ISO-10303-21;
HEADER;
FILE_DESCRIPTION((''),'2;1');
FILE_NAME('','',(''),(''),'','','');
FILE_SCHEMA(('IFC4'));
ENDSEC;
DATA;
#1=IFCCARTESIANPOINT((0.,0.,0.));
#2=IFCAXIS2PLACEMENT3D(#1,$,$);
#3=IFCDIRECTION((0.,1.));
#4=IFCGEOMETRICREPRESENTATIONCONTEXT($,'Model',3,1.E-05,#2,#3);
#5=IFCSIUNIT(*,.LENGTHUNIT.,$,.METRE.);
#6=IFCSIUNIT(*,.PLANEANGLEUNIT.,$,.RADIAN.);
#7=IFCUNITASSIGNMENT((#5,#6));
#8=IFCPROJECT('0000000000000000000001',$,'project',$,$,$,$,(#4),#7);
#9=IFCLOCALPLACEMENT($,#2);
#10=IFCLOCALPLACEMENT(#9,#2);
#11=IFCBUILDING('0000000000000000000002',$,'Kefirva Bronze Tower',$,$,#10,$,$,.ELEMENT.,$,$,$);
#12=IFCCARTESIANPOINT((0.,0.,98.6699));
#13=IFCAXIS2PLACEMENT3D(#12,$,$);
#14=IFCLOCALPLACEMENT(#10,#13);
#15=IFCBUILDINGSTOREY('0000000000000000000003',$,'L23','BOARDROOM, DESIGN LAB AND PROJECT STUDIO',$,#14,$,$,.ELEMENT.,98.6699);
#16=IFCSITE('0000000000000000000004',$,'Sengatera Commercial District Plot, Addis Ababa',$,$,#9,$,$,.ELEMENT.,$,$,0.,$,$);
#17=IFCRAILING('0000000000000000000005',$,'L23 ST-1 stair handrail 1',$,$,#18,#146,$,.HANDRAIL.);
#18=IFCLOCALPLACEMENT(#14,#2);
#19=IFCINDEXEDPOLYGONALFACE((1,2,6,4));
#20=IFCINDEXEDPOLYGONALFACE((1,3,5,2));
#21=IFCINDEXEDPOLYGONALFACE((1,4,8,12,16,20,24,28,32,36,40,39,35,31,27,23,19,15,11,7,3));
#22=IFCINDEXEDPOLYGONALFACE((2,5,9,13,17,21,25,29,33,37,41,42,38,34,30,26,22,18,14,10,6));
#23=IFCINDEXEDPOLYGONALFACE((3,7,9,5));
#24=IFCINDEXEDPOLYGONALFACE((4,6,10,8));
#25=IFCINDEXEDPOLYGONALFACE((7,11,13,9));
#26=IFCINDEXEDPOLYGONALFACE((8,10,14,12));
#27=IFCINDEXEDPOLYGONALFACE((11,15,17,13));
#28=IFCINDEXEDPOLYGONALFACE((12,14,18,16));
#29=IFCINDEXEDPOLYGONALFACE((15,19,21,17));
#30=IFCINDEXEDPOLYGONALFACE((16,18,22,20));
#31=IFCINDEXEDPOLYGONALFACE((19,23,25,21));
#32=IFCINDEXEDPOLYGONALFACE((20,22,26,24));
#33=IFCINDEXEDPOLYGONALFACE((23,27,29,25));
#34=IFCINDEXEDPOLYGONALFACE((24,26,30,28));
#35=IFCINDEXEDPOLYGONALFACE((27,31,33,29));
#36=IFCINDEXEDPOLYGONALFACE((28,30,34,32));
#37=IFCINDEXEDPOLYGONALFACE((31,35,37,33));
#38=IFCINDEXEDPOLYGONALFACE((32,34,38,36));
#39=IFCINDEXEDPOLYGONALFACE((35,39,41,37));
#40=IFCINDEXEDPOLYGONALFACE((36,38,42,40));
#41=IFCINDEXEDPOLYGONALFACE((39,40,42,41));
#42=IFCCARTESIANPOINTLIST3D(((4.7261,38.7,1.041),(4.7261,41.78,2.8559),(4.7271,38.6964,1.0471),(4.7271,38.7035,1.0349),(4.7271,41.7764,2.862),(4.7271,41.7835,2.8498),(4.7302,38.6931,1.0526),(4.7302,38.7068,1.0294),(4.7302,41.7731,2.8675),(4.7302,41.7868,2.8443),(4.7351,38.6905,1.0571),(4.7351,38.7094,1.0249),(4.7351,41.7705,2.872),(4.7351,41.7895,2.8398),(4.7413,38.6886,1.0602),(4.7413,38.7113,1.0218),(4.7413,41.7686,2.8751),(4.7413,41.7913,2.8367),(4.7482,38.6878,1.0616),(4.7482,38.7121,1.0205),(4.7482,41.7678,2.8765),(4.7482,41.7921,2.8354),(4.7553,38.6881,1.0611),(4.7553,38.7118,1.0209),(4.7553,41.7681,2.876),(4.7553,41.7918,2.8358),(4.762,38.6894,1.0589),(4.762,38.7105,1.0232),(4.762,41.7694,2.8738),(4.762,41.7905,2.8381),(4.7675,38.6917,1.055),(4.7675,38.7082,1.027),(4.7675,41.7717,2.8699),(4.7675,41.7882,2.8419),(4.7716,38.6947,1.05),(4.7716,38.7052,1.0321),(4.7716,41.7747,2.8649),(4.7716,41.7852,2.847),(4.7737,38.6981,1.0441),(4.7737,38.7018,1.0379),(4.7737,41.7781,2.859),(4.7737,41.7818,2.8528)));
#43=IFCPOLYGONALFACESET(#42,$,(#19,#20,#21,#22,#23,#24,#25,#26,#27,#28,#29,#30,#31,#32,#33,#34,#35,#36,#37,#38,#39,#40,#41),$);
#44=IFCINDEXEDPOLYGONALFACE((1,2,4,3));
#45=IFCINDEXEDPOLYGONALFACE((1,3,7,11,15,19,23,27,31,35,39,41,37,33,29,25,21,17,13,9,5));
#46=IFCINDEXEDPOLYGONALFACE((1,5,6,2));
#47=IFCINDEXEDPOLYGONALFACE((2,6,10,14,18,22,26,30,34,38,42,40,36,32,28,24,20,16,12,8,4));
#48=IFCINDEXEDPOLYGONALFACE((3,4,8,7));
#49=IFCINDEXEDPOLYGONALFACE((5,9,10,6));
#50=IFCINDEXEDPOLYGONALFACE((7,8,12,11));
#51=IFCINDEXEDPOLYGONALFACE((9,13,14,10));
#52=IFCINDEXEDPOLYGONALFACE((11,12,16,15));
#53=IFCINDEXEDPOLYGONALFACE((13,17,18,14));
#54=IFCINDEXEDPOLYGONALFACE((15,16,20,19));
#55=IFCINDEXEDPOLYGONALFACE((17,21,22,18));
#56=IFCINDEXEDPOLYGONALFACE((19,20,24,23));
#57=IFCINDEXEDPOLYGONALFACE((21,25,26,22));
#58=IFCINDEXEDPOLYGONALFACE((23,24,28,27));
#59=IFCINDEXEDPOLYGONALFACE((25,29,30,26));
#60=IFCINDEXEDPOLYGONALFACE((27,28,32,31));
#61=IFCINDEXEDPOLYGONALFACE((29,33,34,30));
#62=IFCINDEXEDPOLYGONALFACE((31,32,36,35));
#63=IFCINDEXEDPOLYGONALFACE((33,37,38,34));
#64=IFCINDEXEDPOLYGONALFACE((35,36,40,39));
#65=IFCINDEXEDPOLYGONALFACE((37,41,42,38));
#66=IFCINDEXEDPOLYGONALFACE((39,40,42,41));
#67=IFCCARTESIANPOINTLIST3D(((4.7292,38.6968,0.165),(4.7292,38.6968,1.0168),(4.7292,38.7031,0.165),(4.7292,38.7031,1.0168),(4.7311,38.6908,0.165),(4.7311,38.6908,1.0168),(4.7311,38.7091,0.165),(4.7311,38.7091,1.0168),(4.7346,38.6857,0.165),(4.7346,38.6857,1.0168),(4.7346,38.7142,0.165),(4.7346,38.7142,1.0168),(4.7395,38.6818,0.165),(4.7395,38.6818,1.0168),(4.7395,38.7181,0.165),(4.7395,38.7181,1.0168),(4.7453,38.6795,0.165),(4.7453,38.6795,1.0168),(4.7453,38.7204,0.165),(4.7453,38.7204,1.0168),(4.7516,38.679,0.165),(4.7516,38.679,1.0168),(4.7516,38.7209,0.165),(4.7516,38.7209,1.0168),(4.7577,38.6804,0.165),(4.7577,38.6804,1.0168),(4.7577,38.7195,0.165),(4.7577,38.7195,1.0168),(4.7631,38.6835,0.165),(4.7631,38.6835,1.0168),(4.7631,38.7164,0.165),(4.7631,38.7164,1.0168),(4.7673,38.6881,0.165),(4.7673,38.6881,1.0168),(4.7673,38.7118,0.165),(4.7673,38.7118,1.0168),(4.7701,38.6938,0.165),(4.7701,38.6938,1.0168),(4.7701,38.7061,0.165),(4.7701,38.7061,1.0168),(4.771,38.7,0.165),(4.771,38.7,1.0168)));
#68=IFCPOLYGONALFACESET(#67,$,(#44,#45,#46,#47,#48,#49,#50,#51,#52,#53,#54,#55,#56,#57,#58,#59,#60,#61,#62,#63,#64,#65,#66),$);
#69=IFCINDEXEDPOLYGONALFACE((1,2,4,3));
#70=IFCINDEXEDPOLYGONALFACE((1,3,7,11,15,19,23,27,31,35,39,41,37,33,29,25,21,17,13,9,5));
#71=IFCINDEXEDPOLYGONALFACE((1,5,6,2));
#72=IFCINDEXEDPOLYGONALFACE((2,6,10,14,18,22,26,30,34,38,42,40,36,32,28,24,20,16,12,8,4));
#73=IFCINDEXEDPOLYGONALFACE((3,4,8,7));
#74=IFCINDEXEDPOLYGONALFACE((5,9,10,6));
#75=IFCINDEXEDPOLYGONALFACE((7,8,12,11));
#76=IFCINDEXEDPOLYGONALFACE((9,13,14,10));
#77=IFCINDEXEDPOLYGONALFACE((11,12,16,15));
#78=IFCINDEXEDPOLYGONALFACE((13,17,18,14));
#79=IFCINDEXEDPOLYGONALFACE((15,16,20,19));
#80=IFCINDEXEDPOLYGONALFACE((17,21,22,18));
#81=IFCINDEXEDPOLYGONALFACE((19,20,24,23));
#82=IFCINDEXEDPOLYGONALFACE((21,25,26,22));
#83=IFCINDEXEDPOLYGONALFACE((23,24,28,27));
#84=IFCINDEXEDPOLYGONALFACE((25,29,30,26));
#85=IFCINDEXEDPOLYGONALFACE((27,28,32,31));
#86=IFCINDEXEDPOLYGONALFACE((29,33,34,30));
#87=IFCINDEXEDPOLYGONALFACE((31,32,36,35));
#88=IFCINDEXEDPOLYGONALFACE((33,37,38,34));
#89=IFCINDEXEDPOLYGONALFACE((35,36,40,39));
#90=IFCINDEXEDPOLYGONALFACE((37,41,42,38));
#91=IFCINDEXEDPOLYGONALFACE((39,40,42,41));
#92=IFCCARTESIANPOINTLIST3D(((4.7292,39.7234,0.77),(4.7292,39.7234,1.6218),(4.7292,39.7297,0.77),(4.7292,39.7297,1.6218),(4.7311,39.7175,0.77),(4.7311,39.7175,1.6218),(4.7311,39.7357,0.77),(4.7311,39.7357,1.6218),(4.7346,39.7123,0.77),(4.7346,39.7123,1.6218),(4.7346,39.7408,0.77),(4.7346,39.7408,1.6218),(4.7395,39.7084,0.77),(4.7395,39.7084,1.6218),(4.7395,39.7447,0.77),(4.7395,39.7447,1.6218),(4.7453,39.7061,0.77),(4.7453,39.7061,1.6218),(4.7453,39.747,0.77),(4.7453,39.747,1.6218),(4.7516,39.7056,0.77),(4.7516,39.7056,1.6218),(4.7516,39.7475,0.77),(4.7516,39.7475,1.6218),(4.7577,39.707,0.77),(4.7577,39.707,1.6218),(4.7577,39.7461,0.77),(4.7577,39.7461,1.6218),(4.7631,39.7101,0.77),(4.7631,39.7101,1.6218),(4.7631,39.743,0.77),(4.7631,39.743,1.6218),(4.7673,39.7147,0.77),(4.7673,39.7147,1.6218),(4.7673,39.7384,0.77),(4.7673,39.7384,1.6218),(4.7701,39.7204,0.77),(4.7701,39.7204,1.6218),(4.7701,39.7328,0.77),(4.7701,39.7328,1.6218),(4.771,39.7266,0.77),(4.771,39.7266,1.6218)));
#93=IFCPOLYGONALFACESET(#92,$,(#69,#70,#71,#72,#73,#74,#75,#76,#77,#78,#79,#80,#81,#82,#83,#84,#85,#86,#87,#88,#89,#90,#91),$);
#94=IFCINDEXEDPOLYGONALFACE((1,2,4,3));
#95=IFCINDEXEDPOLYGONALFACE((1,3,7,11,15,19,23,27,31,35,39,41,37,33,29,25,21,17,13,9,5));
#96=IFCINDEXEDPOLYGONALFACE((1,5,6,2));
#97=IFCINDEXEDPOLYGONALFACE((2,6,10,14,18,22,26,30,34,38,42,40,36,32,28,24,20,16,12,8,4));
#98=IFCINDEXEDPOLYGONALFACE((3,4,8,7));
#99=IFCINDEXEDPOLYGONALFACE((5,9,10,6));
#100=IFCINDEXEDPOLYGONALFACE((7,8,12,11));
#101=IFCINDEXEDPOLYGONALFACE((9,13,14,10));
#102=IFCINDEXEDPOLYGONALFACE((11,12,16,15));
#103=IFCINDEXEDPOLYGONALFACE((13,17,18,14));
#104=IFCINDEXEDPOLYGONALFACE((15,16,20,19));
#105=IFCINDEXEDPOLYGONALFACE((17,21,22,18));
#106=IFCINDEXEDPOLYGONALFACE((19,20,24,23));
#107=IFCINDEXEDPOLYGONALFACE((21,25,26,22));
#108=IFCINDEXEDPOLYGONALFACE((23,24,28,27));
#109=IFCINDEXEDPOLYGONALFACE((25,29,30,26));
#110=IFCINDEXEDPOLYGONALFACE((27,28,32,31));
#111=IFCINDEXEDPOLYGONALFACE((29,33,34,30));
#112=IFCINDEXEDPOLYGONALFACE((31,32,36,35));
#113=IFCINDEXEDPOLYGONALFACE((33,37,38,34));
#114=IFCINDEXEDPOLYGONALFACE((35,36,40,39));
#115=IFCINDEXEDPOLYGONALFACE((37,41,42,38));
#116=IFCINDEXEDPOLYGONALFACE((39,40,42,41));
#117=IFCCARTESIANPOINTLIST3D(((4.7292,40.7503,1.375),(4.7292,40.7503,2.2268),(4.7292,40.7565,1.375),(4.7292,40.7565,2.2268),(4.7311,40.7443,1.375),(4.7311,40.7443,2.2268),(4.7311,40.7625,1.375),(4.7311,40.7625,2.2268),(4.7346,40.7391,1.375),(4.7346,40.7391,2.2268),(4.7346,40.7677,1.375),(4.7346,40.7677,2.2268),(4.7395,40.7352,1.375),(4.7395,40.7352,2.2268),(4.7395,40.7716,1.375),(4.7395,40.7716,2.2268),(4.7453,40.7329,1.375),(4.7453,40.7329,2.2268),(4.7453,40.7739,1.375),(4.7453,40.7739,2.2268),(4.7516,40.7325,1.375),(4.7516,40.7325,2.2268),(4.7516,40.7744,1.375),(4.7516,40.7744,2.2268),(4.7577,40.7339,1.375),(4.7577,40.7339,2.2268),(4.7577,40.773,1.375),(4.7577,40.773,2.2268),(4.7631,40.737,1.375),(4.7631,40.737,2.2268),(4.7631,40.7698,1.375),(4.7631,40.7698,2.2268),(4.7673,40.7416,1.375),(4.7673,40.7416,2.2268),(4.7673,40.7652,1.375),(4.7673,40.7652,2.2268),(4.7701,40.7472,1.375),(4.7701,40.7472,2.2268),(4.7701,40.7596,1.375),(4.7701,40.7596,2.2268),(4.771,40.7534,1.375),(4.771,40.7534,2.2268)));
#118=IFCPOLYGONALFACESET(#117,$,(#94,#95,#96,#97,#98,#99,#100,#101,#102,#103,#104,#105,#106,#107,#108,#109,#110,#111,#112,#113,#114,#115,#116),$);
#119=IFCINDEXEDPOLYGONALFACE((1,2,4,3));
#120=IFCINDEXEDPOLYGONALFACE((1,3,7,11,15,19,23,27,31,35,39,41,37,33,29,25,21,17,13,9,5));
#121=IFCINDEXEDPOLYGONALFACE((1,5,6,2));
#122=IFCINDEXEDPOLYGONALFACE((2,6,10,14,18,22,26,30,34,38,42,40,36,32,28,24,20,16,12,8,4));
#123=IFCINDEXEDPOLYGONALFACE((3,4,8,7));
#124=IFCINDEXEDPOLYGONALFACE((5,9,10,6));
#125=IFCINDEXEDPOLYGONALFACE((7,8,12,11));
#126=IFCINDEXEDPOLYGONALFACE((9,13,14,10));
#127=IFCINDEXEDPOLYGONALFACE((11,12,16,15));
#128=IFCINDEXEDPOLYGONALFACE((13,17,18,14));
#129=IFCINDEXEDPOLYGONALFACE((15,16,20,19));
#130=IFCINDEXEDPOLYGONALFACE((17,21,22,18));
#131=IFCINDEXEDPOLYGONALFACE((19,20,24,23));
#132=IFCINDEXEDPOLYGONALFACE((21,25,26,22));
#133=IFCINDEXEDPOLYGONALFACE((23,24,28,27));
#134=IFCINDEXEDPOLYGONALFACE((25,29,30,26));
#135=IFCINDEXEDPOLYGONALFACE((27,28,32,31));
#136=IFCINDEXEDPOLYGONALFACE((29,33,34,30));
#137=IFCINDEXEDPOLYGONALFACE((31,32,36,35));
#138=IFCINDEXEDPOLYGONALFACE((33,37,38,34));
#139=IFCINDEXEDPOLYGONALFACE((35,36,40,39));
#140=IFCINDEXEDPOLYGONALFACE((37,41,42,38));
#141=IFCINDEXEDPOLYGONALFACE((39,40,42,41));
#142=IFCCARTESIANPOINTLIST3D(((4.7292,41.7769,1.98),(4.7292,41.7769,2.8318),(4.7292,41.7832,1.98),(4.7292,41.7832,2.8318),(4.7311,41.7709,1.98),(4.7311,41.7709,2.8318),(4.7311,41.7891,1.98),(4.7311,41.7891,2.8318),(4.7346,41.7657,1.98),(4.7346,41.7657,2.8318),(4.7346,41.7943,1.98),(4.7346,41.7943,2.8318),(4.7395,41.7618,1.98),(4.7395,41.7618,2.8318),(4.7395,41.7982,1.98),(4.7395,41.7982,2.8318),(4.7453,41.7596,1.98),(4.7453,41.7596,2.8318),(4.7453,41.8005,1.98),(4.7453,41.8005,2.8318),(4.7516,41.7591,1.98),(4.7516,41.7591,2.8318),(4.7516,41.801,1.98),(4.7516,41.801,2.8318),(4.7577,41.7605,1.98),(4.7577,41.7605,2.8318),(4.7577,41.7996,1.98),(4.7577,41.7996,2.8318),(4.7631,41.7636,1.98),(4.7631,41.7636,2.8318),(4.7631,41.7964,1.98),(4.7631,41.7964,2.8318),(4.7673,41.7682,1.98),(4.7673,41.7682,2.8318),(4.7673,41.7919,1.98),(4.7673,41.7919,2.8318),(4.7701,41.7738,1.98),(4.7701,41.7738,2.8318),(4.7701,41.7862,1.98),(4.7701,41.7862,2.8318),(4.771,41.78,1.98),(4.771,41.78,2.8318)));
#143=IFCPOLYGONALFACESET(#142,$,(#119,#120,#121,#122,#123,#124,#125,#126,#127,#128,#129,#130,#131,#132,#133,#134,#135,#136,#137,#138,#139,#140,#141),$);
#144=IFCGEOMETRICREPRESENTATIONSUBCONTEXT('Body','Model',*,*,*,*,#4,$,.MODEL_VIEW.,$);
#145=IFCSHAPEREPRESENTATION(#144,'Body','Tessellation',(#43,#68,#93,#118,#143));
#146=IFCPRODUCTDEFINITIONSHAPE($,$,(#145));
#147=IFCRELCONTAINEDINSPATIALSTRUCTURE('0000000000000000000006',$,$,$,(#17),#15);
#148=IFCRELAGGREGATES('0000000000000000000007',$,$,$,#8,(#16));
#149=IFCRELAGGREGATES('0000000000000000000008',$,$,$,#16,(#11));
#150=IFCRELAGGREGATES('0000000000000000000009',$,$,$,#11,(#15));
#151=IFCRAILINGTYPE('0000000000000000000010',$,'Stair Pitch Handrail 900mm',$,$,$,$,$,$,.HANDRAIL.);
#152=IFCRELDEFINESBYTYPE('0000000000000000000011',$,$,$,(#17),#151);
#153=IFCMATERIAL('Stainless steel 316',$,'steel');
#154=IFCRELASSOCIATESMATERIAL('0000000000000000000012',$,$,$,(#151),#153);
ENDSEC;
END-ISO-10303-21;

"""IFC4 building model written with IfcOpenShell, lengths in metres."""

from ifc_helpers import new_model, si_unit, direction, frame, origin, origin_2d, place, context, subcontext, project, spatial, circle, extrude, material, type_object, element, save


model = new_model("IFC4")

# Units and contexts
model_context = context("Model", 3, precision=1e-05, world=origin(), true_north=direction((0.0, 1.0)))
body_context = subcontext(model_context, "Body", "Model", "MODEL_VIEW")
ifc_project = project(units=[si_unit("LENGTHUNIT", "METRE"), si_unit("PLANEANGLEUNIT", "RADIAN")], contexts=[model_context])

# Site, building, storey
site_placement = place(None, origin())
site = spatial("IfcSite", under=ifc_project, at=site_placement, Name="Sengatera Commercial District Plot, Addis Ababa", CompositionType="ELEMENT", RefElevation=0.0)
building_placement = place(site_placement, origin())
building = spatial("IfcBuilding", under=site, at=building_placement, Name="Kefirva Bronze Tower", CompositionType="ELEMENT")
storey_placement = place(building_placement, frame((0.0, 0.0, 98.6699)))
storey = spatial("IfcBuildingStorey", under=building, at=storey_placement, Name="L23", Description="BOARDROOM, DESIGN LAB AND PROJECT STUDIO", CompositionType="ELEMENT", Elevation=98.6699)

# Railing
ifc_material_1 = material(Name="Stainless steel 316", Category="steel")
railing_type_1 = type_object("IfcRailingType", Name="Stair Pitch Handrail 900mm", PredefinedType="HANDRAIL", material=ifc_material_1)
railing_1_placement = place(storey_placement, frame((4.75, 38.7, 0.165)))
element("IfcRailing", 1, at=railing_1_placement, inside=storey, type_object=railing_type_1, Name="L23 ST-1 stair handrail 1", PredefinedType="HANDRAIL", context=body_context, shape_type="SweptSolid", body=[
    extrude(circle(Radius=0.0239, at=origin_2d()), frame((0.0, 0.0, 0.876), z_axis=(0.0, 0.861551, 0.507671), x_axis=(-1.0, 0.0, 0.0)), (0.0, 0.0, 1.0), 3.575),
    extrude(circle(Radius=0.021, at=origin_2d()), origin(), (0.0, 0.0, 1.0), 0.8518),
    extrude(circle(Radius=0.021, at=origin_2d()), frame((0.0, 1.0266, 0.605)), (0.0, 0.0, 1.0), 0.8518),
    extrude(circle(Radius=0.021, at=origin_2d()), frame((0.0, 2.0535, 1.21)), (0.0, 0.0, 1.0), 0.8518),
    extrude(circle(Radius=0.021, at=origin_2d()), frame((0.0, 3.0801, 1.8149)), (0.0, 0.0, 1.0), 0.8518),
])

save(model, "model.ifc")
